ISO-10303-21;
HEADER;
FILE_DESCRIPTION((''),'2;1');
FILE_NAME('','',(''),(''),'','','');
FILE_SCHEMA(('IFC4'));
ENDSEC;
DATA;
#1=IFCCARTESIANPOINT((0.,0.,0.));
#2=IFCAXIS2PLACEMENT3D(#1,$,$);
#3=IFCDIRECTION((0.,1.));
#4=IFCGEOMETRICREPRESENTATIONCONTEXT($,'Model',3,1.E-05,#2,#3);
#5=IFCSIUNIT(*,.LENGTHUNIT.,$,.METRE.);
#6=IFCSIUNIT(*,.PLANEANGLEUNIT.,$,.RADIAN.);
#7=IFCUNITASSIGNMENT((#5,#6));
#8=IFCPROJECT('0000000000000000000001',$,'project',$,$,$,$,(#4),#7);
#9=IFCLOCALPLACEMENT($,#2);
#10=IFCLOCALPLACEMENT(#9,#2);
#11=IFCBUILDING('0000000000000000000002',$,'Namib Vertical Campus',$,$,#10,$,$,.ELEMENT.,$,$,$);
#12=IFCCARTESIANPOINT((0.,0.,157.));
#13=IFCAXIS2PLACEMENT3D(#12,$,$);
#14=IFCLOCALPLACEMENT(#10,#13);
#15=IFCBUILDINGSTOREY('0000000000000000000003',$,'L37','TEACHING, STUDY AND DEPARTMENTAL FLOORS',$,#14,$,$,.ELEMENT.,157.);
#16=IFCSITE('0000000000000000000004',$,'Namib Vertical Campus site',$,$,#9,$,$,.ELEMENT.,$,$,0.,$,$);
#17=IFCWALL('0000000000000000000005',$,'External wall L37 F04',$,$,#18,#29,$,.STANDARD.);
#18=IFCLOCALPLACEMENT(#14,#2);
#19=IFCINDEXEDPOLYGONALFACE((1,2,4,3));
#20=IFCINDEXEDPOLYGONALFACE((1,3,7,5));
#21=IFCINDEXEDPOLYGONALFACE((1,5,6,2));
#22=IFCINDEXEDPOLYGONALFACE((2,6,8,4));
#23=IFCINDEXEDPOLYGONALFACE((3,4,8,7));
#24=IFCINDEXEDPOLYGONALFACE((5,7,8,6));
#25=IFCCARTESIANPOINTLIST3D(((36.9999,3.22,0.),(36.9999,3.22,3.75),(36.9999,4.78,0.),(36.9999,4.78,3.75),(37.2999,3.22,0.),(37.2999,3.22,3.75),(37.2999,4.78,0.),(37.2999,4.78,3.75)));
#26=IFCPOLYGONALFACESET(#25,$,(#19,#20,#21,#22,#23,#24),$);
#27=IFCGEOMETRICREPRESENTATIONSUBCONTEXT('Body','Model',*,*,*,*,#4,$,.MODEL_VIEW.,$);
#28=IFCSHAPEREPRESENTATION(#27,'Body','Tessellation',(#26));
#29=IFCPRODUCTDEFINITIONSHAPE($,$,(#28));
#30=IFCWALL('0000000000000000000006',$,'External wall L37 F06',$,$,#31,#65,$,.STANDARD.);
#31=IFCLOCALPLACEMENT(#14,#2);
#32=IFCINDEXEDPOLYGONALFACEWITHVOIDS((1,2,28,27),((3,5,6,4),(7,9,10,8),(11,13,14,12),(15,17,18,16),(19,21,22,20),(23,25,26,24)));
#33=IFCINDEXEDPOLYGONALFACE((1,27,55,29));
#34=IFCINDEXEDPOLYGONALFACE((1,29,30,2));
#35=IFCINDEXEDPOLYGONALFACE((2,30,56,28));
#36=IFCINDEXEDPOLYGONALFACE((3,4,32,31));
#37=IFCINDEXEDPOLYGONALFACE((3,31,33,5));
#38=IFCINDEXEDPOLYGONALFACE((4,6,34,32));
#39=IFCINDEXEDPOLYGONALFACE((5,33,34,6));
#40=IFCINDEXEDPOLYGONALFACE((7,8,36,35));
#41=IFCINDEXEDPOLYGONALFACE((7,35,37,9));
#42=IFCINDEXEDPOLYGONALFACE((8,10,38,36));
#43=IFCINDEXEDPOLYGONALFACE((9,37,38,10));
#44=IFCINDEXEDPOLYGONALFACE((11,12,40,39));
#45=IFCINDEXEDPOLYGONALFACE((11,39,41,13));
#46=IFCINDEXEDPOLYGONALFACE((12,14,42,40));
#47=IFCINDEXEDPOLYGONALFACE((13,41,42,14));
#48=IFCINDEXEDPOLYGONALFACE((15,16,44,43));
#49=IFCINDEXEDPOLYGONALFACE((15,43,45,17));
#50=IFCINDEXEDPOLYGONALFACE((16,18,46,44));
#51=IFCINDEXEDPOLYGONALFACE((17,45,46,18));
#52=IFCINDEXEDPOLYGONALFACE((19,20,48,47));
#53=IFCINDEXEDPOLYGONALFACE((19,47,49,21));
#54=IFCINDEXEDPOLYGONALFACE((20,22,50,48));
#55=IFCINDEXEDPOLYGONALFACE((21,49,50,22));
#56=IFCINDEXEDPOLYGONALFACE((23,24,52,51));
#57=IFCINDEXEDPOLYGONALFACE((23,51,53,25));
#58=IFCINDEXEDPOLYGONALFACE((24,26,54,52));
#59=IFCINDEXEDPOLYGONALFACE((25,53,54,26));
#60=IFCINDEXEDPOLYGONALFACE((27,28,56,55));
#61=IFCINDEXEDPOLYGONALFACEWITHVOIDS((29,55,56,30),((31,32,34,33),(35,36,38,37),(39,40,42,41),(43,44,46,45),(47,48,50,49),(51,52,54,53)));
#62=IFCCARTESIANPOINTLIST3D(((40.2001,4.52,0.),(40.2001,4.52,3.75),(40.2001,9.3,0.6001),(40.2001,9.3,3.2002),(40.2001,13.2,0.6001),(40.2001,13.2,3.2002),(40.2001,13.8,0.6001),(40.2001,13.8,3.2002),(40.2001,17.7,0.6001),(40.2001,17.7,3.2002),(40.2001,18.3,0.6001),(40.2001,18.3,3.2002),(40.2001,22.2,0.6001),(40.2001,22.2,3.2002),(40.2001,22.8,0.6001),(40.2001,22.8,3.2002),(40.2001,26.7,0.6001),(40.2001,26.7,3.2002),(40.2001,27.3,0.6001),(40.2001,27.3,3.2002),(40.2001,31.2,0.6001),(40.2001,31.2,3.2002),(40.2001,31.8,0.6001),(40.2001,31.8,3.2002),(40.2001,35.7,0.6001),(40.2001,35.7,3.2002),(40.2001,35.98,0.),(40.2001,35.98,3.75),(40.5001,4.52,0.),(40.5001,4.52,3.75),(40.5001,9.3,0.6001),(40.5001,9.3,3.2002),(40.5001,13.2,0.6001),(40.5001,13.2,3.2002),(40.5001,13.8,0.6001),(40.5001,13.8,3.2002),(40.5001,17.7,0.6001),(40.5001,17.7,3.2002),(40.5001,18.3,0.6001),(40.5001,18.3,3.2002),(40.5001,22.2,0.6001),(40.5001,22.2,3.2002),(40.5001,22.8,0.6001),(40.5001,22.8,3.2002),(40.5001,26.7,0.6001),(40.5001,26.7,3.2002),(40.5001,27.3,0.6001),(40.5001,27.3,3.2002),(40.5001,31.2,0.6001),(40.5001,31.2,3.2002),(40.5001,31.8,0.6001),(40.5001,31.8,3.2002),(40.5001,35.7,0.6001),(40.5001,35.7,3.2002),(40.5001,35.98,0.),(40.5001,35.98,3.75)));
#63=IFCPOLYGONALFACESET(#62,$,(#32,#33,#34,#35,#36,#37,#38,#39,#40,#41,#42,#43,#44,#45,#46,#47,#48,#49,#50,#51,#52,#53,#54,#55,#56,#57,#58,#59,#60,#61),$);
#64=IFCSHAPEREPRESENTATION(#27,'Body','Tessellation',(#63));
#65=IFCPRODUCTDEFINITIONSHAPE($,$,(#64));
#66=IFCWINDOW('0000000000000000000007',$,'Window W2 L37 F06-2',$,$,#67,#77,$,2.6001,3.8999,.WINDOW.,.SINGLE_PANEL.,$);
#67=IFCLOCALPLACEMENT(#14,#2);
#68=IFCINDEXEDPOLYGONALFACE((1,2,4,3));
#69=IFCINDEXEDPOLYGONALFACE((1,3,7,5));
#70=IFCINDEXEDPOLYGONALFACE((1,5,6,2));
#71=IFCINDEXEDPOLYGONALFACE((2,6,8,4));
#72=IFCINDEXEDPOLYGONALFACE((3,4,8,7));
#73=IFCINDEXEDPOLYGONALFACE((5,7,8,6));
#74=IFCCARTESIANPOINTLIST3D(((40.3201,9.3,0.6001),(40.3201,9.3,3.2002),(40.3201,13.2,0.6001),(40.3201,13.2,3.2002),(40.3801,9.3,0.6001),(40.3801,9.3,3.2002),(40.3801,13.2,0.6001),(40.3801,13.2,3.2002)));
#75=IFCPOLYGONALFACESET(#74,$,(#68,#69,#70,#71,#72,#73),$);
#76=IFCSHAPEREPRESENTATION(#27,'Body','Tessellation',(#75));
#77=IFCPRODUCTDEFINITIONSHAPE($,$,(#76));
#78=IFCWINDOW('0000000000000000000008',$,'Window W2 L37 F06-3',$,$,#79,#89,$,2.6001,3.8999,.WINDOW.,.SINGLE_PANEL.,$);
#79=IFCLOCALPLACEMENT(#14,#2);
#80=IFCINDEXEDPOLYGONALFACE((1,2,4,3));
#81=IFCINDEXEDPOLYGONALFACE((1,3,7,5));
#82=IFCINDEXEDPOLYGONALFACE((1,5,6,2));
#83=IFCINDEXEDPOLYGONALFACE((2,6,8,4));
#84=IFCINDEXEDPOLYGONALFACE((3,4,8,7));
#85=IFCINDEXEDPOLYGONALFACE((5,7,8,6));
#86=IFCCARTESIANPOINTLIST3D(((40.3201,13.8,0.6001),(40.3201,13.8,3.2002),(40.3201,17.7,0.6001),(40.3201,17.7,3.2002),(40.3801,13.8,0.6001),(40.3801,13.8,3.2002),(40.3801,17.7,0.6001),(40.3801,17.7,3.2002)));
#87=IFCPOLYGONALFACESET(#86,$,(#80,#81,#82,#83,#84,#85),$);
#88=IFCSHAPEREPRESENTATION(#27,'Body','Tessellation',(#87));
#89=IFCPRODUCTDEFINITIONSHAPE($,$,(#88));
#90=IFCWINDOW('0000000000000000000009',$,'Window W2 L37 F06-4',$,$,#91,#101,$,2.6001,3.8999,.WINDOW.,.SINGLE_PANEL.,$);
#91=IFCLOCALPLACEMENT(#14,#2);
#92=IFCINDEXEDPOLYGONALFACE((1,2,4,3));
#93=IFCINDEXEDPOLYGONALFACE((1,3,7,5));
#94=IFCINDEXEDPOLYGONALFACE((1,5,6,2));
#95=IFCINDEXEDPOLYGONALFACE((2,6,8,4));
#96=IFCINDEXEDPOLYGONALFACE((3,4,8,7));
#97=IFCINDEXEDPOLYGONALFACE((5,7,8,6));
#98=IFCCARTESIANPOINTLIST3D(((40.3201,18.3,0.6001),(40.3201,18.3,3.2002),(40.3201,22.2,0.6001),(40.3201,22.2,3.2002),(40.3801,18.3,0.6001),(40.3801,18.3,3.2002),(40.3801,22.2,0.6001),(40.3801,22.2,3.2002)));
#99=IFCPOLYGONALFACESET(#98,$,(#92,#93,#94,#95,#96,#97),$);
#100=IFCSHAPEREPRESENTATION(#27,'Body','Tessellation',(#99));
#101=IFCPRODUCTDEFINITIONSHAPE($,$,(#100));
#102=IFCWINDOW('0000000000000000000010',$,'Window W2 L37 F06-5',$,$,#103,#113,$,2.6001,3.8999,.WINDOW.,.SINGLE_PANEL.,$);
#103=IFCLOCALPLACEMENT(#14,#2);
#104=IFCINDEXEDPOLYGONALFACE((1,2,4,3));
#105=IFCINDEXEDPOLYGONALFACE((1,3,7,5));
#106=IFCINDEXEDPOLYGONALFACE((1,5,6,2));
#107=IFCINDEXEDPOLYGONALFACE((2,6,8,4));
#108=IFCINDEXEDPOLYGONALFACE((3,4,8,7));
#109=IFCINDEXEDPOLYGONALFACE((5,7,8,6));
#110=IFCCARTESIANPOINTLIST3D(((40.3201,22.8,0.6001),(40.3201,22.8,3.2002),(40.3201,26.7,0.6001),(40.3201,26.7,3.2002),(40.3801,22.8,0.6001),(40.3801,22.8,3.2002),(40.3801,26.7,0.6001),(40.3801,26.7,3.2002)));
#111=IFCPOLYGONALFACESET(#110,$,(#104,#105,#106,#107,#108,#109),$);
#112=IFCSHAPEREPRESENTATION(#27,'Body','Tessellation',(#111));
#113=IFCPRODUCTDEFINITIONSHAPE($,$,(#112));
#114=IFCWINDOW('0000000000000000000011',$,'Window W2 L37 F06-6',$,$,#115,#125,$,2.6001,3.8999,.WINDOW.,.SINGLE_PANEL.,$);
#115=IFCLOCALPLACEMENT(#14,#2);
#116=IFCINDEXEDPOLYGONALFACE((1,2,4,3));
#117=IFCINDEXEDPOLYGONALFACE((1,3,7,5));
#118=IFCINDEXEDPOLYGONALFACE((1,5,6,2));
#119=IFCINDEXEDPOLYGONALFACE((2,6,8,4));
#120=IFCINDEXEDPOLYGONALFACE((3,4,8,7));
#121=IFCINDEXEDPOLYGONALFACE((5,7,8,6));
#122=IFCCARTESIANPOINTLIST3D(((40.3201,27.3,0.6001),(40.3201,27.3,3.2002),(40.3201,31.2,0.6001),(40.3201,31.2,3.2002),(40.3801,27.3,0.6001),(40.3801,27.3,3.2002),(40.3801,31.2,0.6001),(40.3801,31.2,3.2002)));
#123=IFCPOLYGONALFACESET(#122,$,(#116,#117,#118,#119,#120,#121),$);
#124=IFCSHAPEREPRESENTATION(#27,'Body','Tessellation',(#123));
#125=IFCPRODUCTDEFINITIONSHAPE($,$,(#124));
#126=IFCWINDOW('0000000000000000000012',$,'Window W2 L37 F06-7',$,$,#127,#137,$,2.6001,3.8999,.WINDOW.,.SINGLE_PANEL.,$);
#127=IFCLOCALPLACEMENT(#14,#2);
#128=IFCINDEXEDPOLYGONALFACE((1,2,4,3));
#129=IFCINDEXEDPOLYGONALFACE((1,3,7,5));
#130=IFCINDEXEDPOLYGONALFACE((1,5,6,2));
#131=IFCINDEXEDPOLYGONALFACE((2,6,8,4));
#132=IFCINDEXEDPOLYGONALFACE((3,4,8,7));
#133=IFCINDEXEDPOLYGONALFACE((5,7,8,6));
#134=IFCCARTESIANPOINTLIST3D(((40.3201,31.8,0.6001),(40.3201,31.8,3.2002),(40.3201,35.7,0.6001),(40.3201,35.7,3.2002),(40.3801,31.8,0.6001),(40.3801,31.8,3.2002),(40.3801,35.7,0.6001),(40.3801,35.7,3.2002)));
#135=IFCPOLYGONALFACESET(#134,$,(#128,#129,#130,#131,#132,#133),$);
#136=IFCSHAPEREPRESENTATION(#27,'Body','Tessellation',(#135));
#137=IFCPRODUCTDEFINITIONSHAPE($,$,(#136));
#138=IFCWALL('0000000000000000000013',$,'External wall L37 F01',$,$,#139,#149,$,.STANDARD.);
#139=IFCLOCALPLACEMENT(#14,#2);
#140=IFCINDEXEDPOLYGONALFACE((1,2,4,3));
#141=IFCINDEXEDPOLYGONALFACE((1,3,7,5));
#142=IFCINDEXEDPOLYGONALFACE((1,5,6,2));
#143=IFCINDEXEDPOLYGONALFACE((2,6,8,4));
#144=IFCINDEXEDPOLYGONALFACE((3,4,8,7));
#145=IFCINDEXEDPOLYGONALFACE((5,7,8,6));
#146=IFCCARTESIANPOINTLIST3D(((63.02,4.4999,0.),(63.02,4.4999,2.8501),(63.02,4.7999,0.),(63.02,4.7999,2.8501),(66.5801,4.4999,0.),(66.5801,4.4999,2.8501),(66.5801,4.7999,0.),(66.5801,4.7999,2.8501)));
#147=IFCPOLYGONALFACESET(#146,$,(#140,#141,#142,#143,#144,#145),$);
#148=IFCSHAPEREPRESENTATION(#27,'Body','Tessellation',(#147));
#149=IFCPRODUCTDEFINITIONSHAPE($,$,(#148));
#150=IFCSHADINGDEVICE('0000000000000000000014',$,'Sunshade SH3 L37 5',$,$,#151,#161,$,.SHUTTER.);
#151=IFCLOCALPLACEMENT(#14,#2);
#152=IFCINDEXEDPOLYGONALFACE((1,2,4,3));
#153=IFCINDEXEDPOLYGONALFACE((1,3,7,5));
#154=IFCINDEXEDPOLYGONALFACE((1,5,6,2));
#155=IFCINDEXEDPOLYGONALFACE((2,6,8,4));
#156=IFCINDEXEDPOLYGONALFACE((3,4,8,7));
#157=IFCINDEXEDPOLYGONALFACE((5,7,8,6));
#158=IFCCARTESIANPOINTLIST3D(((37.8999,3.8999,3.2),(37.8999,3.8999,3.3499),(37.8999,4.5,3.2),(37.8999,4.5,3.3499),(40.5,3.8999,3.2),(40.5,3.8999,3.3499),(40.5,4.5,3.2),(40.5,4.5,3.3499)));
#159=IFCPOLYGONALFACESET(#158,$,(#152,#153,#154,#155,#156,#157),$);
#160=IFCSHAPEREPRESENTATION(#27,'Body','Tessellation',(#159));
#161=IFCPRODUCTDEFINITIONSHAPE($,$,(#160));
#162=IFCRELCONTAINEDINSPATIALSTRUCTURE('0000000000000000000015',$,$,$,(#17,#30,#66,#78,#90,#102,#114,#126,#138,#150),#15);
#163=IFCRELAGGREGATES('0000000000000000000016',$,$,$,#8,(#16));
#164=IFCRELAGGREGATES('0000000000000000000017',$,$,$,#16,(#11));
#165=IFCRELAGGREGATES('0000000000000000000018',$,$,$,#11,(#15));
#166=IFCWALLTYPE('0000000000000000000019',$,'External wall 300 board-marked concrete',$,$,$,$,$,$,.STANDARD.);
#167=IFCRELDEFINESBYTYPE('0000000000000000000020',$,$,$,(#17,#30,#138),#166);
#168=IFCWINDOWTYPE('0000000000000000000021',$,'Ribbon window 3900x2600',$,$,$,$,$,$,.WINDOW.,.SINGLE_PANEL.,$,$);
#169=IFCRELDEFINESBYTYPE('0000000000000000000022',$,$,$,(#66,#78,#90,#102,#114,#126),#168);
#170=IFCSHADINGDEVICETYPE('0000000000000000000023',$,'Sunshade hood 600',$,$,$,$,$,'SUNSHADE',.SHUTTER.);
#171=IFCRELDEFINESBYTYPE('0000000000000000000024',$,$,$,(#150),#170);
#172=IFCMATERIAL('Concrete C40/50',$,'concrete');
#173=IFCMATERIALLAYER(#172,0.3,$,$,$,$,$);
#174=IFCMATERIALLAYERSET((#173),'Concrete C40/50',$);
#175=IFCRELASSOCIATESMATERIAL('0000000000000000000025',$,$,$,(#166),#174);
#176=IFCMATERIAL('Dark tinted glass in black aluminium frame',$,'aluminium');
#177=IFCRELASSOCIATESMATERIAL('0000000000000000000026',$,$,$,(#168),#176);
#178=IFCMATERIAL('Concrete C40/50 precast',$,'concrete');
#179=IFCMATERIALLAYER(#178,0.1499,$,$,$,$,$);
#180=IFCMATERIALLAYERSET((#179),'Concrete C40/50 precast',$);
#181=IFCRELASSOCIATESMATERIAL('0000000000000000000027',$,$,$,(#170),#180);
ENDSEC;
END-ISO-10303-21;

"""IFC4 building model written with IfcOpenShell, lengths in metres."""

from ifc_helpers import new_model, si_unit, direction, frame, frame_2d, origin, origin_2d, place, context, subcontext, project, spatial, rectangle, extrude, material, layer, layer_set, type_object, element, fill, save


model = new_model("IFC4")

# Units and contexts
model_context = context("Model", 3, precision=1e-05, world=origin(), true_north=direction((0.0, 1.0)))
body_context = subcontext(model_context, "Body", "Model", "MODEL_VIEW")
ifc_project = project(units=[si_unit("LENGTHUNIT", "METRE"), si_unit("PLANEANGLEUNIT", "RADIAN")], contexts=[model_context])

# Site, building, storey
site_placement = place(None, origin())
site = spatial("IfcSite", under=ifc_project, at=site_placement, Name="Namib Vertical Campus site", CompositionType="ELEMENT", RefElevation=0.0)
building_placement = place(site_placement, origin())
building = spatial("IfcBuilding", under=site, at=building_placement, Name="Namib Vertical Campus", CompositionType="ELEMENT")
storey_placement = place(building_placement, frame((0.0, 0.0, 157.0)))
storey = spatial("IfcBuildingStorey", under=building, at=storey_placement, Name="L37", Description="TEACHING, STUDY AND DEPARTMENTAL FLOORS", CompositionType="ELEMENT", Elevation=157.0)

# Wall
ifc_material_1 = material(Name="Concrete C40/50", Category="concrete")
ifc_layer_1 = layer(ifc_material_1, 0.3)
ifc_layer_set_1 = layer_set([ifc_layer_1], Name="Concrete C40/50")
wall_type_1 = type_object("IfcWallType", Name="External wall 300 board-marked concrete", PredefinedType="STANDARD", material=ifc_layer_set_1)
wall_1_placement = place(storey_placement, frame((37.1499, 3.22, 0.0), z_axis=(0.0, 0.0, 1.0), x_axis=(0.0, 1.0, 0.0)))
element("IfcWall", 1, at=wall_1_placement, inside=storey, type_object=wall_type_1, Name="External wall L37 F04", PredefinedType="STANDARD", context=body_context, shape_type="SweptSolid", body=[
    extrude(rectangle(XDim=1.5601, YDim=0.3, at=frame_2d((0.78, 0.0))), origin(), (0.0, 0.0, 1.0), 3.75),
])

# Wall, openings, windows
wall_2_placement = place(storey_placement, frame((40.3501, 4.52, 0.0), z_axis=(0.0, 0.0, 1.0), x_axis=(0.0, 1.0, 0.0)))
wall_2 = element("IfcWall", 2, at=wall_2_placement, inside=storey, type_object=wall_type_1, Name="External wall L37 F06", PredefinedType="STANDARD", context=body_context, shape_type="SweptSolid", body=[
    extrude(rectangle(XDim=31.46, YDim=0.3, at=frame_2d((15.73, 0.0))), origin(), (0.0, 0.0, 1.0), 3.75),
])
opening_1_placement = place(wall_2_placement, frame((4.78, 0.0, 0.6001)))
opening_1 = element("IfcOpeningElement", 3, at=opening_1_placement, cuts=wall_2, PredefinedType="OPENING", context=body_context, shape_type="SweptSolid", body=[
    extrude(rectangle(XDim=3.8999, YDim=2.6001, at=frame_2d((1.95, 1.3))), frame((0.0, 0.1599, 0.0), z_axis=(0.0, -1.0, 0.0), x_axis=(1.0, 0.0, 0.0)), (0.0, 0.0, 1.0), 0.3201),
])
opening_2_placement = place(wall_2_placement, frame((9.28, 0.0, 0.6001)))
opening_2 = element("IfcOpeningElement", 4, at=opening_2_placement, cuts=wall_2, PredefinedType="OPENING", context=body_context, shape_type="SweptSolid", body=[
    extrude(rectangle(XDim=3.8999, YDim=2.6001, at=frame_2d((1.95, 1.3))), frame((0.0, 0.1599, 0.0), z_axis=(0.0, -1.0, 0.0), x_axis=(1.0, 0.0, 0.0)), (0.0, 0.0, 1.0), 0.3201),
])
opening_3_placement = place(wall_2_placement, frame((13.78, 0.0, 0.6001)))
opening_3 = element("IfcOpeningElement", 5, at=opening_3_placement, cuts=wall_2, PredefinedType="OPENING", context=body_context, shape_type="SweptSolid", body=[
    extrude(rectangle(XDim=3.8999, YDim=2.6001, at=frame_2d((1.95, 1.3))), frame((0.0, 0.1599, 0.0), z_axis=(0.0, -1.0, 0.0), x_axis=(1.0, 0.0, 0.0)), (0.0, 0.0, 1.0), 0.3201),
])
opening_4_placement = place(wall_2_placement, frame((18.28, 0.0, 0.6001)))
opening_4 = element("IfcOpeningElement", 6, at=opening_4_placement, cuts=wall_2, PredefinedType="OPENING", context=body_context, shape_type="SweptSolid", body=[
    extrude(rectangle(XDim=3.8999, YDim=2.6001, at=frame_2d((1.95, 1.3))), frame((0.0, 0.1599, 0.0), z_axis=(0.0, -1.0, 0.0), x_axis=(1.0, 0.0, 0.0)), (0.0, 0.0, 1.0), 0.3201),
])
opening_5_placement = place(wall_2_placement, frame((22.78, 0.0, 0.6001)))
opening_5 = element("IfcOpeningElement", 7, at=opening_5_placement, cuts=wall_2, PredefinedType="OPENING", context=body_context, shape_type="SweptSolid", body=[
    extrude(rectangle(XDim=3.8999, YDim=2.6001, at=frame_2d((1.95, 1.3))), frame((0.0, 0.1599, 0.0), z_axis=(0.0, -1.0, 0.0), x_axis=(1.0, 0.0, 0.0)), (0.0, 0.0, 1.0), 0.3201),
])
opening_6_placement = place(wall_2_placement, frame((27.28, 0.0, 0.6001)))
opening_6 = element("IfcOpeningElement", 8, at=opening_6_placement, cuts=wall_2, PredefinedType="OPENING", context=body_context, shape_type="SweptSolid", body=[
    extrude(rectangle(XDim=3.8999, YDim=2.6001, at=frame_2d((1.95, 1.3))), frame((0.0, 0.1599, 0.0), z_axis=(0.0, -1.0, 0.0), x_axis=(1.0, 0.0, 0.0)), (0.0, 0.0, 1.0), 0.3201),
])
ifc_material_2 = material(Name="Dark tinted glass in black aluminium frame", Category="aluminium")
window_type = type_object("IfcWindowType", Name="Ribbon window 3900x2600", PartitioningType="SINGLE_PANEL", PredefinedType="WINDOW", material=ifc_material_2)
window_1_placement = place(opening_1_placement, origin())
window_1 = element("IfcWindow", 9, at=window_1_placement, inside=storey, type_object=window_type, Name="Window W2 L37 F06-2", OverallHeight=2.6001, OverallWidth=3.8999, PartitioningType="SINGLE_PANEL", PredefinedType="WINDOW", context=body_context, shape_type="SweptSolid", body=[
    extrude(rectangle(XDim=3.8999, YDim=2.6001, at=frame_2d((1.95, 1.3))), frame((0.0, 0.03, 0.0), z_axis=(0.0, -1.0, 0.0), x_axis=(1.0, 0.0, 0.0)), (0.0, 0.0, 1.0), 0.0601),
])
fill(opening_1, window_1)
window_2_placement = place(opening_2_placement, origin())
window_2 = element("IfcWindow", 10, at=window_2_placement, inside=storey, type_object=window_type, Name="Window W2 L37 F06-3", OverallHeight=2.6001, OverallWidth=3.8999, PartitioningType="SINGLE_PANEL", PredefinedType="WINDOW", context=body_context, shape_type="SweptSolid", body=[
    extrude(rectangle(XDim=3.8999, YDim=2.6001, at=frame_2d((1.95, 1.3))), frame((0.0, 0.03, 0.0), z_axis=(0.0, -1.0, 0.0), x_axis=(1.0, 0.0, 0.0)), (0.0, 0.0, 1.0), 0.0601),
])
fill(opening_2, window_2)
window_3_placement = place(opening_3_placement, origin())
window_3 = element("IfcWindow", 11, at=window_3_placement, inside=storey, type_object=window_type, Name="Window W2 L37 F06-4", OverallHeight=2.6001, OverallWidth=3.8999, PartitioningType="SINGLE_PANEL", PredefinedType="WINDOW", context=body_context, shape_type="SweptSolid", body=[
    extrude(rectangle(XDim=3.8999, YDim=2.6001, at=frame_2d((1.95, 1.3))), frame((0.0, 0.03, 0.0), z_axis=(0.0, -1.0, 0.0), x_axis=(1.0, 0.0, 0.0)), (0.0, 0.0, 1.0), 0.0601),
])
fill(opening_3, window_3)
window_4_placement = place(opening_4_placement, origin())
window_4 = element("IfcWindow", 12, at=window_4_placement, inside=storey, type_object=window_type, Name="Window W2 L37 F06-5", OverallHeight=2.6001, OverallWidth=3.8999, PartitioningType="SINGLE_PANEL", PredefinedType="WINDOW", context=body_context, shape_type="SweptSolid", body=[
    extrude(rectangle(XDim=3.8999, YDim=2.6001, at=frame_2d((1.95, 1.3))), frame((0.0, 0.03, 0.0), z_axis=(0.0, -1.0, 0.0), x_axis=(1.0, 0.0, 0.0)), (0.0, 0.0, 1.0), 0.0601),
])
fill(opening_4, window_4)
window_5_placement = place(opening_5_placement, origin())
window_5 = element("IfcWindow", 13, at=window_5_placement, inside=storey, type_object=window_type, Name="Window W2 L37 F06-6", OverallHeight=2.6001, OverallWidth=3.8999, PartitioningType="SINGLE_PANEL", PredefinedType="WINDOW", context=body_context, shape_type="SweptSolid", body=[
    extrude(rectangle(XDim=3.8999, YDim=2.6001, at=frame_2d((1.95, 1.3))), frame((0.0, 0.03, 0.0), z_axis=(0.0, -1.0, 0.0), x_axis=(1.0, 0.0, 0.0)), (0.0, 0.0, 1.0), 0.0601),
])
fill(opening_5, window_5)
window_6_placement = place(opening_6_placement, origin())
window_6 = element("IfcWindow", 14, at=window_6_placement, inside=storey, type_object=window_type, Name="Window W2 L37 F06-7", OverallHeight=2.6001, OverallWidth=3.8999, PartitioningType="SINGLE_PANEL", PredefinedType="WINDOW", context=body_context, shape_type="SweptSolid", body=[
    extrude(rectangle(XDim=3.8999, YDim=2.6001, at=frame_2d((1.95, 1.3))), frame((0.0, 0.03, 0.0), z_axis=(0.0, -1.0, 0.0), x_axis=(1.0, 0.0, 0.0)), (0.0, 0.0, 1.0), 0.0601),
])
fill(opening_6, window_6)

# Wall
wall_3_placement = place(storey_placement, frame((63.02, 4.6499, 0.0), z_axis=(0.0, 0.0, 1.0), x_axis=(1.0, 0.0, 0.0)))
element("IfcWall", 15, at=wall_3_placement, inside=storey, type_object=wall_type_1, Name="External wall L37 F01", PredefinedType="STANDARD", context=body_context, shape_type="SweptSolid", body=[
    extrude(rectangle(XDim=3.5601, YDim=0.3, at=frame_2d((1.78, 0.0))), origin(), (0.0, 0.0, 1.0), 2.8501),
])

# Shading device
ifc_material_3 = material(Name="Concrete C40/50 precast", Category="concrete")
ifc_layer_2 = layer(ifc_material_3, 0.1499)
ifc_layer_set_2 = layer_set([ifc_layer_2], Name="Concrete C40/50 precast")
shading_device_type = type_object("IfcShadingDeviceType", Name="Sunshade hood 600", ElementType="SUNSHADE", PredefinedType="SHUTTER", material=ifc_layer_set_2)
shading_device_placement = place(storey_placement, frame((39.2, 4.2, 3.2), z_axis=(0.0, 0.0, 1.0), x_axis=(1.0, 0.0, 0.0)))
element("IfcShadingDevice", 16, at=shading_device_placement, inside=storey, type_object=shading_device_type, Name="Sunshade SH3 L37 5", PredefinedType="SHUTTER", context=body_context, shape_type="SweptSolid", body=[
    extrude(rectangle(XDim=2.6001, YDim=0.6001, at=origin_2d()), origin(), (0.0, 0.0, 1.0), 0.1499),
])

save(model, "model.ifc")
